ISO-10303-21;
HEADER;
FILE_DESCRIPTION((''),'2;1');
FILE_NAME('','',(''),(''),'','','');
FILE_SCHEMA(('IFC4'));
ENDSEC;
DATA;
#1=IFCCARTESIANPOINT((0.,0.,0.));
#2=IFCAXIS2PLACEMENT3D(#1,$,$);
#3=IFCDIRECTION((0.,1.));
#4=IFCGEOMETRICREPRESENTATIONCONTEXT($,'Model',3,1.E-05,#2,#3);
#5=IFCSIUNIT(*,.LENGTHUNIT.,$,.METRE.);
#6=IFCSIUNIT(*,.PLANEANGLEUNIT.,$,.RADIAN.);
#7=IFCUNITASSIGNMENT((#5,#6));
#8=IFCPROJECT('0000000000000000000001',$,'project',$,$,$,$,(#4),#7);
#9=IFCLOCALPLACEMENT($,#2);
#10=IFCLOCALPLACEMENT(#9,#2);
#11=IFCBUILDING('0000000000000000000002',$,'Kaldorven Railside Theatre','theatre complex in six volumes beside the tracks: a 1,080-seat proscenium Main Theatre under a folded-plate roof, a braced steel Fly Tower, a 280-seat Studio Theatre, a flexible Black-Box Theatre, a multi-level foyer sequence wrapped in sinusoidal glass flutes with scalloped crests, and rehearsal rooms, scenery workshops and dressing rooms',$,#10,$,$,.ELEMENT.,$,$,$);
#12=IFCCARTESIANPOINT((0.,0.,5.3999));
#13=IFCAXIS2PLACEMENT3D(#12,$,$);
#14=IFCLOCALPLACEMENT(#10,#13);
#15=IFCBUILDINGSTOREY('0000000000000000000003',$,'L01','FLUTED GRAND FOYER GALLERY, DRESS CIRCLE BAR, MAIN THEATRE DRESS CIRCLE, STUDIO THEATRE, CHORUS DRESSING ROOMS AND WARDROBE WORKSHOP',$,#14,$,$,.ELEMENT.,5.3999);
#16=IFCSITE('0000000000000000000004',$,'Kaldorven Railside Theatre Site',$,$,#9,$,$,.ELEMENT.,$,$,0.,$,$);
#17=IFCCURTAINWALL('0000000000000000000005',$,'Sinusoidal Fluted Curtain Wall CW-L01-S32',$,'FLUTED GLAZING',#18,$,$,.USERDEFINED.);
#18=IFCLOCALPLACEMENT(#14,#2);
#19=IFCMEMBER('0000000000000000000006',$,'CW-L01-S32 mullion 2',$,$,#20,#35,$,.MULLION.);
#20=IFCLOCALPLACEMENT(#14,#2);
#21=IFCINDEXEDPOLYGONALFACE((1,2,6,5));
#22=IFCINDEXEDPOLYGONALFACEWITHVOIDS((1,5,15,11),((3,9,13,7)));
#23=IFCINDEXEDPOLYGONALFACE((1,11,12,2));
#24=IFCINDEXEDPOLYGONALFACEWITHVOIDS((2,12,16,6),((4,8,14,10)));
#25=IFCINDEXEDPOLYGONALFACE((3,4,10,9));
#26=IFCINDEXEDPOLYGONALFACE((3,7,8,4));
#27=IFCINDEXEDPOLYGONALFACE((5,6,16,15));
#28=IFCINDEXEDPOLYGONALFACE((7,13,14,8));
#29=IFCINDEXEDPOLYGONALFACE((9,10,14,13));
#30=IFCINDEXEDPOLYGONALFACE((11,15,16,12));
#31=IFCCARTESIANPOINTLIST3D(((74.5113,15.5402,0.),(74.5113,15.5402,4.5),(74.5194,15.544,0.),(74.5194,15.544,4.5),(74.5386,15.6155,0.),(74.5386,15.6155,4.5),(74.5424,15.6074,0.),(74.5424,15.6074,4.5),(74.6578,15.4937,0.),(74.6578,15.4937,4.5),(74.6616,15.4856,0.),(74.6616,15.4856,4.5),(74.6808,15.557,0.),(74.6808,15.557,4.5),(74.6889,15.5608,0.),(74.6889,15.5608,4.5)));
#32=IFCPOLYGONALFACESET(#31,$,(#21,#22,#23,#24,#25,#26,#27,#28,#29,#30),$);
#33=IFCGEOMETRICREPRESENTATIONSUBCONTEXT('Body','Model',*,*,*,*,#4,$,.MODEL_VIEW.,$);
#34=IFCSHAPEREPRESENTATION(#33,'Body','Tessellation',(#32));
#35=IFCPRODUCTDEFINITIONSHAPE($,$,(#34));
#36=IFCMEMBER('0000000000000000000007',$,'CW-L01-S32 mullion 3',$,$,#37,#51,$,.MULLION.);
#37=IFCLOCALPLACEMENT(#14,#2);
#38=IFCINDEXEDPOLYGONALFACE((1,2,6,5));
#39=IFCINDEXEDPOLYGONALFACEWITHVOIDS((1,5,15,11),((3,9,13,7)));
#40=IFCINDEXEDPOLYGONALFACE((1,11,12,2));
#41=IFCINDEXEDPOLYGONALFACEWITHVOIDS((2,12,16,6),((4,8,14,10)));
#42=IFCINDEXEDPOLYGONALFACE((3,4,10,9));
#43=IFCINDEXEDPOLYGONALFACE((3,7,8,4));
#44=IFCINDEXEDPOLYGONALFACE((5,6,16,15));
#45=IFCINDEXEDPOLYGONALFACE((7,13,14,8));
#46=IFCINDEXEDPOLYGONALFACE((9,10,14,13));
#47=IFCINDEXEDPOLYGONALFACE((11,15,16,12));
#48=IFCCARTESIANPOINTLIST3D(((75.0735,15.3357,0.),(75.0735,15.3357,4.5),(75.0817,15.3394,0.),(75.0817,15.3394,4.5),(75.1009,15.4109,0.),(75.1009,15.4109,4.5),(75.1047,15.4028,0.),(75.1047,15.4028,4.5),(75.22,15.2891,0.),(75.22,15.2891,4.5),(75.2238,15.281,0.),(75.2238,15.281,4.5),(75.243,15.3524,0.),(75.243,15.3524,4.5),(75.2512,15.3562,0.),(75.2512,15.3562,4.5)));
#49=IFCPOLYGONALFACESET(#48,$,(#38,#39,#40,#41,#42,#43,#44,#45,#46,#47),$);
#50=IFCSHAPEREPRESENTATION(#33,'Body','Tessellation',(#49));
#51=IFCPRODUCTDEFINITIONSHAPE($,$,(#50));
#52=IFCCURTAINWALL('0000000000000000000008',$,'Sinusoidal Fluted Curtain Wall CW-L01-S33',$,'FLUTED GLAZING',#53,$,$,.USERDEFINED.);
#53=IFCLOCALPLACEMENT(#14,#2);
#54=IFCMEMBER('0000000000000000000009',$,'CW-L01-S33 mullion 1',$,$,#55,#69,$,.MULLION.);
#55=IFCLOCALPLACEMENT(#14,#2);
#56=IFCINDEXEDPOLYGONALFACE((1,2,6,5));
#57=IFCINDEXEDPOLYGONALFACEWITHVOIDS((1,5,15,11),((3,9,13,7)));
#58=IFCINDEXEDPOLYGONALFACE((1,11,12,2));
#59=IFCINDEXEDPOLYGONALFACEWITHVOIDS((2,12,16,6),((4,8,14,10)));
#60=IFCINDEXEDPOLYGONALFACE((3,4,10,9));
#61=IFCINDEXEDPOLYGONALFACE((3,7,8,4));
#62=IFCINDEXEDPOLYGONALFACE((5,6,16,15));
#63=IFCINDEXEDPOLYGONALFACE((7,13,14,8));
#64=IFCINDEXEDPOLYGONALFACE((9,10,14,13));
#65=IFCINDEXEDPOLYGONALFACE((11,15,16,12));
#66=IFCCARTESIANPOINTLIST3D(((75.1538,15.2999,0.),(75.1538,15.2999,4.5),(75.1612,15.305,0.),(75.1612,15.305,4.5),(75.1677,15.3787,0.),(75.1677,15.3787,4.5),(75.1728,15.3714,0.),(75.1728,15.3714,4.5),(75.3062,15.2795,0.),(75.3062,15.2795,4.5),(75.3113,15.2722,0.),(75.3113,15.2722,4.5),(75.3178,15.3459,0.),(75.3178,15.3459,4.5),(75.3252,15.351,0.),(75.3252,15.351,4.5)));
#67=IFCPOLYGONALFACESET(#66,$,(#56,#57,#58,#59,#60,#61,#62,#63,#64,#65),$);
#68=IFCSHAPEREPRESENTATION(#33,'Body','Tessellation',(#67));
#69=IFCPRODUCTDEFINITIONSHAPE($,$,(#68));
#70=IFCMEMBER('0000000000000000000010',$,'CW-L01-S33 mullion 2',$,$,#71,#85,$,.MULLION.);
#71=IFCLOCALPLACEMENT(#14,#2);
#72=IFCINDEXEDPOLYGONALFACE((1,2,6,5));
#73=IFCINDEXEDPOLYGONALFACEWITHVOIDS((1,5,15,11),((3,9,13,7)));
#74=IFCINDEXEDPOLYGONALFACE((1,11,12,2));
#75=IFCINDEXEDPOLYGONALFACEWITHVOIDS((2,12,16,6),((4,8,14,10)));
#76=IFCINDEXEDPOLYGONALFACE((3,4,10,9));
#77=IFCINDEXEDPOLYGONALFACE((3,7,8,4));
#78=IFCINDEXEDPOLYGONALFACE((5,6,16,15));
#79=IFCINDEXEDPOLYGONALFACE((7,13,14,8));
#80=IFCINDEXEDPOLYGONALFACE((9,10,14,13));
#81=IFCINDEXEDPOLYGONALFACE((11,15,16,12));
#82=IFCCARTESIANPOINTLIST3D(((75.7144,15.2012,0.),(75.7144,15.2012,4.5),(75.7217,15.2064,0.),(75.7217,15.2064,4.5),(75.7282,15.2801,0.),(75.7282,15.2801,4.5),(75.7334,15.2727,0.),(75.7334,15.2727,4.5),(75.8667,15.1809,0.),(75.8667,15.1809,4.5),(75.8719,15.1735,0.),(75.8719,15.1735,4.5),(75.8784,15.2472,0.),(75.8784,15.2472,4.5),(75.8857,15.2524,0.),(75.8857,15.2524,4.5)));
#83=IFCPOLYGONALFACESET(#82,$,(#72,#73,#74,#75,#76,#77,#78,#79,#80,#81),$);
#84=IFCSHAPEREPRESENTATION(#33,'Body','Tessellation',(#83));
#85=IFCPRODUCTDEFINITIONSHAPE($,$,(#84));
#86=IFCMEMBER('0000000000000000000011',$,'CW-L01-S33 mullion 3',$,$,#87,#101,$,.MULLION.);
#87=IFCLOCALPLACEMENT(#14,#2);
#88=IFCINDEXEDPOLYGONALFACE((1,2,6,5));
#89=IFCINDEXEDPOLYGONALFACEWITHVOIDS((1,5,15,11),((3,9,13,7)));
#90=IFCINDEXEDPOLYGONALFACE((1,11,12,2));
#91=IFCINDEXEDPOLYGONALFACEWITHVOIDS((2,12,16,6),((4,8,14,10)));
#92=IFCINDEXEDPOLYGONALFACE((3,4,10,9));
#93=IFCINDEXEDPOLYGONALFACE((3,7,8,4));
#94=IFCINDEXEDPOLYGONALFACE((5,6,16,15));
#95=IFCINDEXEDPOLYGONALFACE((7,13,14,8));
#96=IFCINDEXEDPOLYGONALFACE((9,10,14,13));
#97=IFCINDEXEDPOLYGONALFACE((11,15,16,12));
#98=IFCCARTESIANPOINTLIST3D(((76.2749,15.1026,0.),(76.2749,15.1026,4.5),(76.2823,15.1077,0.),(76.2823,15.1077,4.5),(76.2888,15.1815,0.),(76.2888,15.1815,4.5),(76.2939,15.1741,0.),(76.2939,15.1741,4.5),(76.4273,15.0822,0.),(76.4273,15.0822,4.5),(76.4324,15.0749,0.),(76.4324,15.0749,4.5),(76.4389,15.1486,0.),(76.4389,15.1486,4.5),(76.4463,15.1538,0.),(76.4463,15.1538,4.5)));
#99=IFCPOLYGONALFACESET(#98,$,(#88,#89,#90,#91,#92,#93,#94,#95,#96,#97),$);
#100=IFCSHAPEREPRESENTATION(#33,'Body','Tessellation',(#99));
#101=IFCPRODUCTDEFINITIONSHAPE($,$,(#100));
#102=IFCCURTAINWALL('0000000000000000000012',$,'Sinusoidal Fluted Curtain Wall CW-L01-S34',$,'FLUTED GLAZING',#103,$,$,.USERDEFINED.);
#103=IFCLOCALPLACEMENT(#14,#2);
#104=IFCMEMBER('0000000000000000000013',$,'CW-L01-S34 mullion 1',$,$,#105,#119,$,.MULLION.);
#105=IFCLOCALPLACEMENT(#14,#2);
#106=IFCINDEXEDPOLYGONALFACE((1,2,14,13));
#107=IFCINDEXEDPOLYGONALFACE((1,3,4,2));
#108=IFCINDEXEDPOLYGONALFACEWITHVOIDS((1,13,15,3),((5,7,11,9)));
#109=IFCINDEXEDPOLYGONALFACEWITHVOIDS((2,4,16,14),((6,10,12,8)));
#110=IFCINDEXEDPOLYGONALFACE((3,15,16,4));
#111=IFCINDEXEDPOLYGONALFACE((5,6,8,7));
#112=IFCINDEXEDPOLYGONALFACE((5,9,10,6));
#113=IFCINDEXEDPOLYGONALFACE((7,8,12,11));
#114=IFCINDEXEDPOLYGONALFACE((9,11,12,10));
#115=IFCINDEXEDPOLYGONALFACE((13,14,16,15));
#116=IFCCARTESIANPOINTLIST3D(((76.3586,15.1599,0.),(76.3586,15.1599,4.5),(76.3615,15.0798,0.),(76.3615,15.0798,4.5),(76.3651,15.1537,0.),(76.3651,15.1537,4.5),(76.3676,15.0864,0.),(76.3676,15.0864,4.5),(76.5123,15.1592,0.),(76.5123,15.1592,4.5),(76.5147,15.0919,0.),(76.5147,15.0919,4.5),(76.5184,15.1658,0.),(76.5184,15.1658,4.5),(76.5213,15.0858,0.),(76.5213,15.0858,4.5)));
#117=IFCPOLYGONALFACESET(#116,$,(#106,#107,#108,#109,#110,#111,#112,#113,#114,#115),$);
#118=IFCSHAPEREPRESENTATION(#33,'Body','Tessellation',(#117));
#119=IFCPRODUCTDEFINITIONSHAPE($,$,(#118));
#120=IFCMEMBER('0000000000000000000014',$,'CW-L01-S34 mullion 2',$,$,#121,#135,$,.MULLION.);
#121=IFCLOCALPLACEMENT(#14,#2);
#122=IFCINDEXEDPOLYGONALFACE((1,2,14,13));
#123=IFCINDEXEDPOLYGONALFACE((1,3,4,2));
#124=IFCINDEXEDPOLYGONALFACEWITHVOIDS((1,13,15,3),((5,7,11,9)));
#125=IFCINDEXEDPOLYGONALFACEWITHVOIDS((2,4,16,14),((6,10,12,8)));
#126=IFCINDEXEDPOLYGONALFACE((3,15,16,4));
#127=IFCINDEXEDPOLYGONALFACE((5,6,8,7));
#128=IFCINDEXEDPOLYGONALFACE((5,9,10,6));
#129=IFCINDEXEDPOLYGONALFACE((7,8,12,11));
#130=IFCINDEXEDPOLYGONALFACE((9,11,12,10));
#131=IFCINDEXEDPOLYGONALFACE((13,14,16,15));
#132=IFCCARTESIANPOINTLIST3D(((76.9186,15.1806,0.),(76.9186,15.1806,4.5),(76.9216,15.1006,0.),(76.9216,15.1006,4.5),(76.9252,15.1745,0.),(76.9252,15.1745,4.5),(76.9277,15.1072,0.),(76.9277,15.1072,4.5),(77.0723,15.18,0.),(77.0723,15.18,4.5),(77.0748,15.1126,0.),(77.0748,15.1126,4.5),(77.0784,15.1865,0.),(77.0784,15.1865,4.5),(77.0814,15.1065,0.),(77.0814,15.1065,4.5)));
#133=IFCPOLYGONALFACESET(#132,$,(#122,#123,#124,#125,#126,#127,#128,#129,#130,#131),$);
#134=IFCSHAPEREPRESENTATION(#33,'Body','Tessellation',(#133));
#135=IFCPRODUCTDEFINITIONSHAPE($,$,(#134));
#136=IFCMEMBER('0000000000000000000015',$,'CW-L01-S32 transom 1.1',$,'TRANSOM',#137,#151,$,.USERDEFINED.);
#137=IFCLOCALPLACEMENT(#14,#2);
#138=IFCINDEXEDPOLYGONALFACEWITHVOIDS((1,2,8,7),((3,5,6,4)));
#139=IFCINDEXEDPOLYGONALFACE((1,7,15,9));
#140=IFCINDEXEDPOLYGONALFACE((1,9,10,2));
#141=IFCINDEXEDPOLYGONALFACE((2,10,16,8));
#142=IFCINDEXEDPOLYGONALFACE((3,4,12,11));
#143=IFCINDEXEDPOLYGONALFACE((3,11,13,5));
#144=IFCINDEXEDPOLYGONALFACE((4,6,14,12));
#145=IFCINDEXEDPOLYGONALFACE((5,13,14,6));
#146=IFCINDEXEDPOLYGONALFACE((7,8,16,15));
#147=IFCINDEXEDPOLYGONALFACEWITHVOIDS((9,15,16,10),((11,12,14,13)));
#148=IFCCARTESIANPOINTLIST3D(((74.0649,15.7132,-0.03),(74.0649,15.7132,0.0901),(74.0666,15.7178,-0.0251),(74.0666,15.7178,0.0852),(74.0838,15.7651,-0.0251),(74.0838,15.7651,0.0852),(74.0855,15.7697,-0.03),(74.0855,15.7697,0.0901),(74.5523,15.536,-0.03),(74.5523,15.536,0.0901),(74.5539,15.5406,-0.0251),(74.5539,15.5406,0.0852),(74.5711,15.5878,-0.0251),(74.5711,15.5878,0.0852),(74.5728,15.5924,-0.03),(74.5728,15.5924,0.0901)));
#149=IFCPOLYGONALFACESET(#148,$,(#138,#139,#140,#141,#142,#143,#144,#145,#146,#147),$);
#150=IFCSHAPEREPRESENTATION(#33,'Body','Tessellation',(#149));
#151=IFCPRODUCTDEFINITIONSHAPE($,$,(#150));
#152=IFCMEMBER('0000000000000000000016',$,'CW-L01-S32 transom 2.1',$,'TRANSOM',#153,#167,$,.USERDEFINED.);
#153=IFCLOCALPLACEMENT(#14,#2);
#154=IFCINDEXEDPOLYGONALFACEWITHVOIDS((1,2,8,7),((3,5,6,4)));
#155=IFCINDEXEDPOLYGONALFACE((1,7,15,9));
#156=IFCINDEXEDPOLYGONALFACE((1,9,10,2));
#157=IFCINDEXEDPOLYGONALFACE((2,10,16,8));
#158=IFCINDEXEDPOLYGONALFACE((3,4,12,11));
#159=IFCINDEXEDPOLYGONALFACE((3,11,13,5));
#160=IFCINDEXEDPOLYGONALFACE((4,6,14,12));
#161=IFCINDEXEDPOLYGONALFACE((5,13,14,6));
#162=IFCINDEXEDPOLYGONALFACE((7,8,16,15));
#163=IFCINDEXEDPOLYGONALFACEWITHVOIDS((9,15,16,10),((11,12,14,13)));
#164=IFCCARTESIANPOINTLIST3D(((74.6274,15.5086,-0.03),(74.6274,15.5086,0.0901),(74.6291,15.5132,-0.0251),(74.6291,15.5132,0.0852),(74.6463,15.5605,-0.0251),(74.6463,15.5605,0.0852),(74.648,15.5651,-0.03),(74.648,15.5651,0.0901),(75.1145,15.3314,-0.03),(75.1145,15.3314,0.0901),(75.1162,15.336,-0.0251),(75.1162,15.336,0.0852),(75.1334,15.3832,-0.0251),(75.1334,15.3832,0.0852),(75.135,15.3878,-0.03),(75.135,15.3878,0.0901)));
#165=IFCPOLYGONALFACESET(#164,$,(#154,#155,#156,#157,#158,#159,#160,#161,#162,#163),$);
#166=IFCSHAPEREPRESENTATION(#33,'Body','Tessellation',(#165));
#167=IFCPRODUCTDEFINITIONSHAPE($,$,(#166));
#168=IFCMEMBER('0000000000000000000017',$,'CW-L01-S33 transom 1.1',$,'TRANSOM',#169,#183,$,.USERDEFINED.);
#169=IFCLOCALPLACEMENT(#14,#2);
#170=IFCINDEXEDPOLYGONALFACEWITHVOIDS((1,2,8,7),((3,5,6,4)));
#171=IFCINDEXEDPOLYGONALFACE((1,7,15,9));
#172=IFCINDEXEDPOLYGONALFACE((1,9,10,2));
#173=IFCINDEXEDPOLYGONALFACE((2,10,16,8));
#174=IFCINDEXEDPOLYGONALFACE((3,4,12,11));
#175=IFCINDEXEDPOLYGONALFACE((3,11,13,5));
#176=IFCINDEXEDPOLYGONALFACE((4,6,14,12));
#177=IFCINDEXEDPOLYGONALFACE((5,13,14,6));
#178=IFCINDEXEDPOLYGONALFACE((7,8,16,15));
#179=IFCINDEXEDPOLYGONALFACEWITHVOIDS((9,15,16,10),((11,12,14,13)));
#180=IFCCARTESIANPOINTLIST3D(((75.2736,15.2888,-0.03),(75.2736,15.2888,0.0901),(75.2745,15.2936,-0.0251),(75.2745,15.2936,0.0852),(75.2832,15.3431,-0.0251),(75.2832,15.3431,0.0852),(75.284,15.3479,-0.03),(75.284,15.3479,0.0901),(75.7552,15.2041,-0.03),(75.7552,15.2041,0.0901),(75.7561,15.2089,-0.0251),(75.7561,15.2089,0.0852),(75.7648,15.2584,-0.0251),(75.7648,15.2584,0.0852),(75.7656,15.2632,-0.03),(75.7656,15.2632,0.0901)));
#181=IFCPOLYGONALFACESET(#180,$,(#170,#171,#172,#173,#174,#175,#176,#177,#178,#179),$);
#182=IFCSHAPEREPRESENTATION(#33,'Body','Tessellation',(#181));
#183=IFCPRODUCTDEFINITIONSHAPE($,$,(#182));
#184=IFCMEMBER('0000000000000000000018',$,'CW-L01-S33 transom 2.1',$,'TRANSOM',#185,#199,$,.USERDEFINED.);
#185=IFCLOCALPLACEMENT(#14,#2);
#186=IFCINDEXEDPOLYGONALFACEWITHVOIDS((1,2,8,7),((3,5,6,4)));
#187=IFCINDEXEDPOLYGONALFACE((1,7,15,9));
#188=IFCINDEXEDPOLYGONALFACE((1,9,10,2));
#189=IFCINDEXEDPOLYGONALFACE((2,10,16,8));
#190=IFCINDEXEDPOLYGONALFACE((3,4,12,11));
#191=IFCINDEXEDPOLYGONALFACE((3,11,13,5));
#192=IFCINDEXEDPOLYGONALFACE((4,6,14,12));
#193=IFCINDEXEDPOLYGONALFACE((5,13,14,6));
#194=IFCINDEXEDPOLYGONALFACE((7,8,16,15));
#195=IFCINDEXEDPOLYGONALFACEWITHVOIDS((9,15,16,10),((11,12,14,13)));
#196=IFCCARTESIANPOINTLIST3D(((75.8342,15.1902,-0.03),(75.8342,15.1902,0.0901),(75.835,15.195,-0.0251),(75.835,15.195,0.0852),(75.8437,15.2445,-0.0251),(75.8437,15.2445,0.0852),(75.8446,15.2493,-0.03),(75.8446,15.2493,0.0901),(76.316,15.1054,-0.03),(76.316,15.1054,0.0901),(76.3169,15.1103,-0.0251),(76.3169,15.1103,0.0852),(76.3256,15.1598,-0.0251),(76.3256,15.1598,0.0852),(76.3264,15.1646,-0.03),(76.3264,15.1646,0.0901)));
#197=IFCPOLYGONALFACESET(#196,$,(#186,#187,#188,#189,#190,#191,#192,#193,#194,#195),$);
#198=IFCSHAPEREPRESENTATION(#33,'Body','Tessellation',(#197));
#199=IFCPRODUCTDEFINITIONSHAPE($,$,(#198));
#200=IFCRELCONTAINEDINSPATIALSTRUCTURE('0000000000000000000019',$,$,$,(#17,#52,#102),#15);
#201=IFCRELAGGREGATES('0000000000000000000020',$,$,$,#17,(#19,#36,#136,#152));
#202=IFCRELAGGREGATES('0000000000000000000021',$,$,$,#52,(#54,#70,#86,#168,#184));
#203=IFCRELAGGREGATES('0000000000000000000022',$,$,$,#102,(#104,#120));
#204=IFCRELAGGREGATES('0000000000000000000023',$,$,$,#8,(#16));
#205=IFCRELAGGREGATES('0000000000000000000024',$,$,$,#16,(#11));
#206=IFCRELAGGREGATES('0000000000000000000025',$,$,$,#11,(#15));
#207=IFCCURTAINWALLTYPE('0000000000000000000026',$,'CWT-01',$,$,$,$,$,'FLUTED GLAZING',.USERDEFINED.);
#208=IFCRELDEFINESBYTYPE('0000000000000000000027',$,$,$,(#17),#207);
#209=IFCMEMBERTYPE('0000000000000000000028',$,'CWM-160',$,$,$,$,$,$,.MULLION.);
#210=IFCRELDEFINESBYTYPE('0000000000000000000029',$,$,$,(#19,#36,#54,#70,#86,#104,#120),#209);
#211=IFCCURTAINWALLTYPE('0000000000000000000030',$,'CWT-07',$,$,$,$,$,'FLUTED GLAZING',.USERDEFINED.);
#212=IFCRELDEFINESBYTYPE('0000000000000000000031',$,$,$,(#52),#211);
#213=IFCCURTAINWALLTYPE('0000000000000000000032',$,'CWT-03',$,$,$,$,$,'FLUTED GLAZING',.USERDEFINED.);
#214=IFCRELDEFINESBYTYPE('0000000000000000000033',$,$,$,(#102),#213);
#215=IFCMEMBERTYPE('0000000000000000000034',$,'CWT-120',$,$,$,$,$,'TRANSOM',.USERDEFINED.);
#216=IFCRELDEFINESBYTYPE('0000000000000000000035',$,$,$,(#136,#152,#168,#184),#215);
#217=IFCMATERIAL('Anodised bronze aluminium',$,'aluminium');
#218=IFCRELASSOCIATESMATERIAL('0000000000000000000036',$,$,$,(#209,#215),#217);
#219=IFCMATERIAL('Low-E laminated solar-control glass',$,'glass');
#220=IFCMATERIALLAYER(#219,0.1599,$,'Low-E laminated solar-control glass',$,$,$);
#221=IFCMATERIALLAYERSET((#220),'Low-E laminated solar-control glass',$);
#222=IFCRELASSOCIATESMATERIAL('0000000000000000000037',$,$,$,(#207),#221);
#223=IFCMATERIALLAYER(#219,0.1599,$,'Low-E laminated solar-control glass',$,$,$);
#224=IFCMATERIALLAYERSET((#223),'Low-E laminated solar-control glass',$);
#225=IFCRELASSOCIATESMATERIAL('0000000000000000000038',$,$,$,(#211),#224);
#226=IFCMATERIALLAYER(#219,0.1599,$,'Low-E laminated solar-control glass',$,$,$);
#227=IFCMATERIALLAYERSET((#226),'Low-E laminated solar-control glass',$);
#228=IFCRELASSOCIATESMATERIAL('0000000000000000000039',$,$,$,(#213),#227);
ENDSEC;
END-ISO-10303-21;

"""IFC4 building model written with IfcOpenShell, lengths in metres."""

from ifc_helpers import new_model, si_unit, direction, frame, origin, origin_2d, place, context, subcontext, project, spatial, hollow_rectangle, extrude, material, layer, layer_set, material_profile, profile_set, type_object, element, aggregate, save


model = new_model("IFC4")

# Units and contexts
model_context = context("Model", 3, precision=1e-05, world=origin(), true_north=direction((0.0, 1.0)))
body_context = subcontext(model_context, "Body", "Model", "MODEL_VIEW")
ifc_project = project(units=[si_unit("LENGTHUNIT", "METRE"), si_unit("PLANEANGLEUNIT", "RADIAN")], contexts=[model_context])

# Site, building, storey
site_placement = place(None, origin())
site = spatial("IfcSite", under=ifc_project, at=site_placement, Name="Kaldorven Railside Theatre Site", CompositionType="ELEMENT", RefElevation=0.0)
building_placement = place(site_placement, origin())
building = spatial("IfcBuilding", under=site, at=building_placement, Name="Kaldorven Railside Theatre", Description="theatre complex in six volumes beside the tracks: a 1,080-seat proscenium Main Theatre under a folded-plate roof, a braced steel Fly Tower, a 280-seat Studio Theatre, a flexible Black-Box Theatre, a multi-level foyer sequence wrapped in sinusoidal glass flutes with scalloped crests, and rehearsal rooms, scenery workshops and dressing rooms", CompositionType="ELEMENT")
storey_placement = place(building_placement, frame((0.0, 0.0, 5.3999)))
storey = spatial("IfcBuildingStorey", under=building, at=storey_placement, Name="L01", Description="FLUTED GRAND FOYER GALLERY, DRESS CIRCLE BAR, MAIN THEATRE DRESS CIRCLE, STUDIO THEATRE, CHORUS DRESSING ROOMS AND WARDROBE WORKSHOP", CompositionType="ELEMENT", Elevation=5.3999)

# Shared definitions
ifc_material_1 = material(Name="Low-E laminated solar-control glass", Category="glass")
ifc_material_2 = material(Name="Anodised bronze aluminium", Category="aluminium")
ifc_material_profile_1 = material_profile(ifc_material_2, hollow_rectangle(XDim=0.0801, YDim=0.1599, WallThickness=0.0063, at=origin_2d()), Name="RHS 160x80x6.3")
ifc_profile_set_1 = profile_set([ifc_material_profile_1], Name="Anodised bronze aluminium")
member_type_1 = type_object("IfcMemberType", Name="CWM-160", PredefinedType="MULLION", material=ifc_profile_set_1)

# Curtain walls, members
ifc_layer_1 = layer(ifc_material_1, 0.1599, Name="Low-E laminated solar-control glass")
ifc_layer_set_1 = layer_set([ifc_layer_1], Name="Low-E laminated solar-control glass")
curtain_wall_type_1 = type_object("IfcCurtainWallType", Name="CWT-01", ElementType="FLUTED GLAZING", PredefinedType="USERDEFINED", material=ifc_layer_set_1)
curtain_wall_1_placement = place(storey_placement, origin())
curtain_wall_1 = element("IfcCurtainWall", 1, at=curtain_wall_1_placement, inside=storey, type_object=curtain_wall_type_1, Name="Sinusoidal Fluted Curtain Wall CW-L01-S32", ObjectType="FLUTED GLAZING", PredefinedType="USERDEFINED")
member_1_placement = place(storey_placement, frame((74.6001, 15.5505, 0.0), z_axis=(0.0, 0.0, 1.0), x_axis=(0.341837, 0.939759, 0.0)))
member_1 = element("IfcMember", 2, at=member_1_placement, type_object=member_type_1, Name="CW-L01-S32 mullion 2", PredefinedType="MULLION", context=body_context, shape_type="SweptSolid", body=[
    extrude(hollow_rectangle(XDim=0.0801, YDim=0.1599, WallThickness=0.0063, at=origin_2d()), origin(), (0.0, 0.0, 1.0), 4.5),
])
member_2_placement = place(storey_placement, frame((75.1624, 15.3459, 0.0), z_axis=(0.0, 0.0, 1.0), x_axis=(0.341837, 0.939759, 0.0)))
member_2 = element("IfcMember", 3, at=member_2_placement, type_object=member_type_1, Name="CW-L01-S32 mullion 3", PredefinedType="MULLION", context=body_context, shape_type="SweptSolid", body=[
    extrude(hollow_rectangle(XDim=0.0801, YDim=0.1599, WallThickness=0.0063, at=origin_2d()), origin(), (0.0, 0.0, 1.0), 4.5),
])
ifc_layer_2 = layer(ifc_material_1, 0.1599, Name="Low-E laminated solar-control glass")
ifc_layer_set_2 = layer_set([ifc_layer_2], Name="Low-E laminated solar-control glass")
curtain_wall_type_2 = type_object("IfcCurtainWallType", Name="CWT-07", ElementType="FLUTED GLAZING", PredefinedType="USERDEFINED", material=ifc_layer_set_2)
curtain_wall_2_placement = place(storey_placement, origin())
curtain_wall_2 = element("IfcCurtainWall", 4, at=curtain_wall_2_placement, inside=storey, type_object=curtain_wall_type_2, Name="Sinusoidal Fluted Curtain Wall CW-L01-S33", ObjectType="FLUTED GLAZING", PredefinedType="USERDEFINED")
member_3_placement = place(storey_placement, frame((75.2395, 15.3254, 0.0), z_axis=(0.0, 0.0, 1.0), x_axis=(0.173256, 0.984877, 0.0)))
member_3 = element("IfcMember", 5, at=member_3_placement, type_object=member_type_1, Name="CW-L01-S33 mullion 1", PredefinedType="MULLION", context=body_context, shape_type="SweptSolid", body=[
    extrude(hollow_rectangle(XDim=0.0801, YDim=0.1599, WallThickness=0.0063, at=origin_2d()), origin(), (0.0, 0.0, 1.0), 4.5),
])
member_4_placement = place(storey_placement, frame((75.8, 15.2268, 0.0), z_axis=(0.0, 0.0, 1.0), x_axis=(0.173256, 0.984877, 0.0)))
member_4 = element("IfcMember", 6, at=member_4_placement, type_object=member_type_1, Name="CW-L01-S33 mullion 2", PredefinedType="MULLION", context=body_context, shape_type="SweptSolid", body=[
    extrude(hollow_rectangle(XDim=0.0801, YDim=0.1599, WallThickness=0.0063, at=origin_2d()), origin(), (0.0, 0.0, 1.0), 4.5),
])
member_5_placement = place(storey_placement, frame((76.3606, 15.1282, 0.0), z_axis=(0.0, 0.0, 1.0), x_axis=(0.173256, 0.984877, 0.0)))
member_5 = element("IfcMember", 7, at=member_5_placement, type_object=member_type_1, Name="CW-L01-S33 mullion 3", PredefinedType="MULLION", context=body_context, shape_type="SweptSolid", body=[
    extrude(hollow_rectangle(XDim=0.0801, YDim=0.1599, WallThickness=0.0063, at=origin_2d()), origin(), (0.0, 0.0, 1.0), 4.5),
])
ifc_layer_3 = layer(ifc_material_1, 0.1599, Name="Low-E laminated solar-control glass")
ifc_layer_set_3 = layer_set([ifc_layer_3], Name="Low-E laminated solar-control glass")
curtain_wall_type_3 = type_object("IfcCurtainWallType", Name="CWT-03", ElementType="FLUTED GLAZING", PredefinedType="USERDEFINED", material=ifc_layer_set_3)
curtain_wall_3_placement = place(storey_placement, origin())
curtain_wall_3 = element("IfcCurtainWall", 8, at=curtain_wall_3_placement, inside=storey, type_object=curtain_wall_type_3, Name="Sinusoidal Fluted Curtain Wall CW-L01-S34", ObjectType="FLUTED GLAZING", PredefinedType="USERDEFINED")
member_6_placement = place(storey_placement, frame((76.4399, 15.1228, 0.0), z_axis=(0.0, 0.0, 1.0), x_axis=(-0.037058, 0.999313, 0.0)))
member_6 = element("IfcMember", 9, at=member_6_placement, type_object=member_type_1, Name="CW-L01-S34 mullion 1", PredefinedType="MULLION", context=body_context, shape_type="SweptSolid", body=[
    extrude(hollow_rectangle(XDim=0.0801, YDim=0.1599, WallThickness=0.0063, at=origin_2d()), origin(), (0.0, 0.0, 1.0), 4.5),
])
member_7_placement = place(storey_placement, frame((77.0, 15.1436, 0.0), z_axis=(0.0, 0.0, 1.0), x_axis=(-0.037058, 0.999313, 0.0)))
member_7 = element("IfcMember", 10, at=member_7_placement, type_object=member_type_1, Name="CW-L01-S34 mullion 2", PredefinedType="MULLION", context=body_context, shape_type="SweptSolid", body=[
    extrude(hollow_rectangle(XDim=0.0801, YDim=0.1599, WallThickness=0.0063, at=origin_2d()), origin(), (0.0, 0.0, 1.0), 4.5),
])

# Members
ifc_material_profile_2 = material_profile(ifc_material_2, hollow_rectangle(XDim=0.0601, YDim=0.1201, WallThickness=0.0049, at=origin_2d()), Name="RHS 120x60x5")
ifc_profile_set_2 = profile_set([ifc_material_profile_2], Name="Anodised bronze aluminium")
member_type_2 = type_object("IfcMemberType", Name="CWT-120", ElementType="TRANSOM", PredefinedType="USERDEFINED", material=ifc_profile_set_2)
member_8_placement = place(storey_placement, frame((74.0752, 15.7415, 0.03), z_axis=(0.939766, -0.341819, 0.0), x_axis=(0.341819, 0.939766, 0.0)))
member_8 = element("IfcMember", 11, at=member_8_placement, type_object=member_type_2, Name="CW-L01-S32 transom 1.1", ObjectType="TRANSOM", PredefinedType="USERDEFINED", context=body_context, shape_type="SweptSolid", body=[
    extrude(hollow_rectangle(XDim=0.0601, YDim=0.1201, WallThickness=0.0049, at=origin_2d()), origin(), (0.0, 0.0, 1.0), 0.5186),
])
member_9_placement = place(storey_placement, frame((74.6377, 15.5369, 0.03), z_axis=(0.939711, -0.34197, 0.0), x_axis=(0.34197, 0.939711, 0.0)))
member_9 = element("IfcMember", 12, at=member_9_placement, type_object=member_type_2, Name="CW-L01-S32 transom 2.1", ObjectType="TRANSOM", PredefinedType="USERDEFINED", context=body_context, shape_type="SweptSolid", body=[
    extrude(hollow_rectangle(XDim=0.0601, YDim=0.1201, WallThickness=0.0049, at=origin_2d()), origin(), (0.0, 0.0, 1.0), 0.5183),
])
member_10_placement = place(storey_placement, frame((75.2788, 15.3184, 0.03), z_axis=(0.984884, -0.173216, 0.0), x_axis=(0.173216, 0.984884, 0.0)))
member_10 = element("IfcMember", 13, at=member_10_placement, type_object=member_type_2, Name="CW-L01-S33 transom 1.1", ObjectType="TRANSOM", PredefinedType="USERDEFINED", context=body_context, shape_type="SweptSolid", body=[
    extrude(hollow_rectangle(XDim=0.0601, YDim=0.1201, WallThickness=0.0049, at=origin_2d()), origin(), (0.0, 0.0, 1.0), 0.489),
])
member_11_placement = place(storey_placement, frame((75.8394, 15.2197, 0.03), z_axis=(0.984899, -0.173131, 0.0), x_axis=(0.173131, 0.984899, 0.0)))
member_11 = element("IfcMember", 14, at=member_11_placement, type_object=member_type_2, Name="CW-L01-S33 transom 2.1", ObjectType="TRANSOM", PredefinedType="USERDEFINED", context=body_context, shape_type="SweptSolid", body=[
    extrude(hollow_rectangle(XDim=0.0601, YDim=0.1201, WallThickness=0.0049, at=origin_2d()), origin(), (0.0, 0.0, 1.0), 0.4893),
])

aggregate(curtain_wall_1, [member_1, member_2, member_8, member_9])
aggregate(curtain_wall_2, [member_3, member_4, member_5, member_10, member_11])
aggregate(curtain_wall_3, [member_6, member_7])

save(model, "model.ifc")
